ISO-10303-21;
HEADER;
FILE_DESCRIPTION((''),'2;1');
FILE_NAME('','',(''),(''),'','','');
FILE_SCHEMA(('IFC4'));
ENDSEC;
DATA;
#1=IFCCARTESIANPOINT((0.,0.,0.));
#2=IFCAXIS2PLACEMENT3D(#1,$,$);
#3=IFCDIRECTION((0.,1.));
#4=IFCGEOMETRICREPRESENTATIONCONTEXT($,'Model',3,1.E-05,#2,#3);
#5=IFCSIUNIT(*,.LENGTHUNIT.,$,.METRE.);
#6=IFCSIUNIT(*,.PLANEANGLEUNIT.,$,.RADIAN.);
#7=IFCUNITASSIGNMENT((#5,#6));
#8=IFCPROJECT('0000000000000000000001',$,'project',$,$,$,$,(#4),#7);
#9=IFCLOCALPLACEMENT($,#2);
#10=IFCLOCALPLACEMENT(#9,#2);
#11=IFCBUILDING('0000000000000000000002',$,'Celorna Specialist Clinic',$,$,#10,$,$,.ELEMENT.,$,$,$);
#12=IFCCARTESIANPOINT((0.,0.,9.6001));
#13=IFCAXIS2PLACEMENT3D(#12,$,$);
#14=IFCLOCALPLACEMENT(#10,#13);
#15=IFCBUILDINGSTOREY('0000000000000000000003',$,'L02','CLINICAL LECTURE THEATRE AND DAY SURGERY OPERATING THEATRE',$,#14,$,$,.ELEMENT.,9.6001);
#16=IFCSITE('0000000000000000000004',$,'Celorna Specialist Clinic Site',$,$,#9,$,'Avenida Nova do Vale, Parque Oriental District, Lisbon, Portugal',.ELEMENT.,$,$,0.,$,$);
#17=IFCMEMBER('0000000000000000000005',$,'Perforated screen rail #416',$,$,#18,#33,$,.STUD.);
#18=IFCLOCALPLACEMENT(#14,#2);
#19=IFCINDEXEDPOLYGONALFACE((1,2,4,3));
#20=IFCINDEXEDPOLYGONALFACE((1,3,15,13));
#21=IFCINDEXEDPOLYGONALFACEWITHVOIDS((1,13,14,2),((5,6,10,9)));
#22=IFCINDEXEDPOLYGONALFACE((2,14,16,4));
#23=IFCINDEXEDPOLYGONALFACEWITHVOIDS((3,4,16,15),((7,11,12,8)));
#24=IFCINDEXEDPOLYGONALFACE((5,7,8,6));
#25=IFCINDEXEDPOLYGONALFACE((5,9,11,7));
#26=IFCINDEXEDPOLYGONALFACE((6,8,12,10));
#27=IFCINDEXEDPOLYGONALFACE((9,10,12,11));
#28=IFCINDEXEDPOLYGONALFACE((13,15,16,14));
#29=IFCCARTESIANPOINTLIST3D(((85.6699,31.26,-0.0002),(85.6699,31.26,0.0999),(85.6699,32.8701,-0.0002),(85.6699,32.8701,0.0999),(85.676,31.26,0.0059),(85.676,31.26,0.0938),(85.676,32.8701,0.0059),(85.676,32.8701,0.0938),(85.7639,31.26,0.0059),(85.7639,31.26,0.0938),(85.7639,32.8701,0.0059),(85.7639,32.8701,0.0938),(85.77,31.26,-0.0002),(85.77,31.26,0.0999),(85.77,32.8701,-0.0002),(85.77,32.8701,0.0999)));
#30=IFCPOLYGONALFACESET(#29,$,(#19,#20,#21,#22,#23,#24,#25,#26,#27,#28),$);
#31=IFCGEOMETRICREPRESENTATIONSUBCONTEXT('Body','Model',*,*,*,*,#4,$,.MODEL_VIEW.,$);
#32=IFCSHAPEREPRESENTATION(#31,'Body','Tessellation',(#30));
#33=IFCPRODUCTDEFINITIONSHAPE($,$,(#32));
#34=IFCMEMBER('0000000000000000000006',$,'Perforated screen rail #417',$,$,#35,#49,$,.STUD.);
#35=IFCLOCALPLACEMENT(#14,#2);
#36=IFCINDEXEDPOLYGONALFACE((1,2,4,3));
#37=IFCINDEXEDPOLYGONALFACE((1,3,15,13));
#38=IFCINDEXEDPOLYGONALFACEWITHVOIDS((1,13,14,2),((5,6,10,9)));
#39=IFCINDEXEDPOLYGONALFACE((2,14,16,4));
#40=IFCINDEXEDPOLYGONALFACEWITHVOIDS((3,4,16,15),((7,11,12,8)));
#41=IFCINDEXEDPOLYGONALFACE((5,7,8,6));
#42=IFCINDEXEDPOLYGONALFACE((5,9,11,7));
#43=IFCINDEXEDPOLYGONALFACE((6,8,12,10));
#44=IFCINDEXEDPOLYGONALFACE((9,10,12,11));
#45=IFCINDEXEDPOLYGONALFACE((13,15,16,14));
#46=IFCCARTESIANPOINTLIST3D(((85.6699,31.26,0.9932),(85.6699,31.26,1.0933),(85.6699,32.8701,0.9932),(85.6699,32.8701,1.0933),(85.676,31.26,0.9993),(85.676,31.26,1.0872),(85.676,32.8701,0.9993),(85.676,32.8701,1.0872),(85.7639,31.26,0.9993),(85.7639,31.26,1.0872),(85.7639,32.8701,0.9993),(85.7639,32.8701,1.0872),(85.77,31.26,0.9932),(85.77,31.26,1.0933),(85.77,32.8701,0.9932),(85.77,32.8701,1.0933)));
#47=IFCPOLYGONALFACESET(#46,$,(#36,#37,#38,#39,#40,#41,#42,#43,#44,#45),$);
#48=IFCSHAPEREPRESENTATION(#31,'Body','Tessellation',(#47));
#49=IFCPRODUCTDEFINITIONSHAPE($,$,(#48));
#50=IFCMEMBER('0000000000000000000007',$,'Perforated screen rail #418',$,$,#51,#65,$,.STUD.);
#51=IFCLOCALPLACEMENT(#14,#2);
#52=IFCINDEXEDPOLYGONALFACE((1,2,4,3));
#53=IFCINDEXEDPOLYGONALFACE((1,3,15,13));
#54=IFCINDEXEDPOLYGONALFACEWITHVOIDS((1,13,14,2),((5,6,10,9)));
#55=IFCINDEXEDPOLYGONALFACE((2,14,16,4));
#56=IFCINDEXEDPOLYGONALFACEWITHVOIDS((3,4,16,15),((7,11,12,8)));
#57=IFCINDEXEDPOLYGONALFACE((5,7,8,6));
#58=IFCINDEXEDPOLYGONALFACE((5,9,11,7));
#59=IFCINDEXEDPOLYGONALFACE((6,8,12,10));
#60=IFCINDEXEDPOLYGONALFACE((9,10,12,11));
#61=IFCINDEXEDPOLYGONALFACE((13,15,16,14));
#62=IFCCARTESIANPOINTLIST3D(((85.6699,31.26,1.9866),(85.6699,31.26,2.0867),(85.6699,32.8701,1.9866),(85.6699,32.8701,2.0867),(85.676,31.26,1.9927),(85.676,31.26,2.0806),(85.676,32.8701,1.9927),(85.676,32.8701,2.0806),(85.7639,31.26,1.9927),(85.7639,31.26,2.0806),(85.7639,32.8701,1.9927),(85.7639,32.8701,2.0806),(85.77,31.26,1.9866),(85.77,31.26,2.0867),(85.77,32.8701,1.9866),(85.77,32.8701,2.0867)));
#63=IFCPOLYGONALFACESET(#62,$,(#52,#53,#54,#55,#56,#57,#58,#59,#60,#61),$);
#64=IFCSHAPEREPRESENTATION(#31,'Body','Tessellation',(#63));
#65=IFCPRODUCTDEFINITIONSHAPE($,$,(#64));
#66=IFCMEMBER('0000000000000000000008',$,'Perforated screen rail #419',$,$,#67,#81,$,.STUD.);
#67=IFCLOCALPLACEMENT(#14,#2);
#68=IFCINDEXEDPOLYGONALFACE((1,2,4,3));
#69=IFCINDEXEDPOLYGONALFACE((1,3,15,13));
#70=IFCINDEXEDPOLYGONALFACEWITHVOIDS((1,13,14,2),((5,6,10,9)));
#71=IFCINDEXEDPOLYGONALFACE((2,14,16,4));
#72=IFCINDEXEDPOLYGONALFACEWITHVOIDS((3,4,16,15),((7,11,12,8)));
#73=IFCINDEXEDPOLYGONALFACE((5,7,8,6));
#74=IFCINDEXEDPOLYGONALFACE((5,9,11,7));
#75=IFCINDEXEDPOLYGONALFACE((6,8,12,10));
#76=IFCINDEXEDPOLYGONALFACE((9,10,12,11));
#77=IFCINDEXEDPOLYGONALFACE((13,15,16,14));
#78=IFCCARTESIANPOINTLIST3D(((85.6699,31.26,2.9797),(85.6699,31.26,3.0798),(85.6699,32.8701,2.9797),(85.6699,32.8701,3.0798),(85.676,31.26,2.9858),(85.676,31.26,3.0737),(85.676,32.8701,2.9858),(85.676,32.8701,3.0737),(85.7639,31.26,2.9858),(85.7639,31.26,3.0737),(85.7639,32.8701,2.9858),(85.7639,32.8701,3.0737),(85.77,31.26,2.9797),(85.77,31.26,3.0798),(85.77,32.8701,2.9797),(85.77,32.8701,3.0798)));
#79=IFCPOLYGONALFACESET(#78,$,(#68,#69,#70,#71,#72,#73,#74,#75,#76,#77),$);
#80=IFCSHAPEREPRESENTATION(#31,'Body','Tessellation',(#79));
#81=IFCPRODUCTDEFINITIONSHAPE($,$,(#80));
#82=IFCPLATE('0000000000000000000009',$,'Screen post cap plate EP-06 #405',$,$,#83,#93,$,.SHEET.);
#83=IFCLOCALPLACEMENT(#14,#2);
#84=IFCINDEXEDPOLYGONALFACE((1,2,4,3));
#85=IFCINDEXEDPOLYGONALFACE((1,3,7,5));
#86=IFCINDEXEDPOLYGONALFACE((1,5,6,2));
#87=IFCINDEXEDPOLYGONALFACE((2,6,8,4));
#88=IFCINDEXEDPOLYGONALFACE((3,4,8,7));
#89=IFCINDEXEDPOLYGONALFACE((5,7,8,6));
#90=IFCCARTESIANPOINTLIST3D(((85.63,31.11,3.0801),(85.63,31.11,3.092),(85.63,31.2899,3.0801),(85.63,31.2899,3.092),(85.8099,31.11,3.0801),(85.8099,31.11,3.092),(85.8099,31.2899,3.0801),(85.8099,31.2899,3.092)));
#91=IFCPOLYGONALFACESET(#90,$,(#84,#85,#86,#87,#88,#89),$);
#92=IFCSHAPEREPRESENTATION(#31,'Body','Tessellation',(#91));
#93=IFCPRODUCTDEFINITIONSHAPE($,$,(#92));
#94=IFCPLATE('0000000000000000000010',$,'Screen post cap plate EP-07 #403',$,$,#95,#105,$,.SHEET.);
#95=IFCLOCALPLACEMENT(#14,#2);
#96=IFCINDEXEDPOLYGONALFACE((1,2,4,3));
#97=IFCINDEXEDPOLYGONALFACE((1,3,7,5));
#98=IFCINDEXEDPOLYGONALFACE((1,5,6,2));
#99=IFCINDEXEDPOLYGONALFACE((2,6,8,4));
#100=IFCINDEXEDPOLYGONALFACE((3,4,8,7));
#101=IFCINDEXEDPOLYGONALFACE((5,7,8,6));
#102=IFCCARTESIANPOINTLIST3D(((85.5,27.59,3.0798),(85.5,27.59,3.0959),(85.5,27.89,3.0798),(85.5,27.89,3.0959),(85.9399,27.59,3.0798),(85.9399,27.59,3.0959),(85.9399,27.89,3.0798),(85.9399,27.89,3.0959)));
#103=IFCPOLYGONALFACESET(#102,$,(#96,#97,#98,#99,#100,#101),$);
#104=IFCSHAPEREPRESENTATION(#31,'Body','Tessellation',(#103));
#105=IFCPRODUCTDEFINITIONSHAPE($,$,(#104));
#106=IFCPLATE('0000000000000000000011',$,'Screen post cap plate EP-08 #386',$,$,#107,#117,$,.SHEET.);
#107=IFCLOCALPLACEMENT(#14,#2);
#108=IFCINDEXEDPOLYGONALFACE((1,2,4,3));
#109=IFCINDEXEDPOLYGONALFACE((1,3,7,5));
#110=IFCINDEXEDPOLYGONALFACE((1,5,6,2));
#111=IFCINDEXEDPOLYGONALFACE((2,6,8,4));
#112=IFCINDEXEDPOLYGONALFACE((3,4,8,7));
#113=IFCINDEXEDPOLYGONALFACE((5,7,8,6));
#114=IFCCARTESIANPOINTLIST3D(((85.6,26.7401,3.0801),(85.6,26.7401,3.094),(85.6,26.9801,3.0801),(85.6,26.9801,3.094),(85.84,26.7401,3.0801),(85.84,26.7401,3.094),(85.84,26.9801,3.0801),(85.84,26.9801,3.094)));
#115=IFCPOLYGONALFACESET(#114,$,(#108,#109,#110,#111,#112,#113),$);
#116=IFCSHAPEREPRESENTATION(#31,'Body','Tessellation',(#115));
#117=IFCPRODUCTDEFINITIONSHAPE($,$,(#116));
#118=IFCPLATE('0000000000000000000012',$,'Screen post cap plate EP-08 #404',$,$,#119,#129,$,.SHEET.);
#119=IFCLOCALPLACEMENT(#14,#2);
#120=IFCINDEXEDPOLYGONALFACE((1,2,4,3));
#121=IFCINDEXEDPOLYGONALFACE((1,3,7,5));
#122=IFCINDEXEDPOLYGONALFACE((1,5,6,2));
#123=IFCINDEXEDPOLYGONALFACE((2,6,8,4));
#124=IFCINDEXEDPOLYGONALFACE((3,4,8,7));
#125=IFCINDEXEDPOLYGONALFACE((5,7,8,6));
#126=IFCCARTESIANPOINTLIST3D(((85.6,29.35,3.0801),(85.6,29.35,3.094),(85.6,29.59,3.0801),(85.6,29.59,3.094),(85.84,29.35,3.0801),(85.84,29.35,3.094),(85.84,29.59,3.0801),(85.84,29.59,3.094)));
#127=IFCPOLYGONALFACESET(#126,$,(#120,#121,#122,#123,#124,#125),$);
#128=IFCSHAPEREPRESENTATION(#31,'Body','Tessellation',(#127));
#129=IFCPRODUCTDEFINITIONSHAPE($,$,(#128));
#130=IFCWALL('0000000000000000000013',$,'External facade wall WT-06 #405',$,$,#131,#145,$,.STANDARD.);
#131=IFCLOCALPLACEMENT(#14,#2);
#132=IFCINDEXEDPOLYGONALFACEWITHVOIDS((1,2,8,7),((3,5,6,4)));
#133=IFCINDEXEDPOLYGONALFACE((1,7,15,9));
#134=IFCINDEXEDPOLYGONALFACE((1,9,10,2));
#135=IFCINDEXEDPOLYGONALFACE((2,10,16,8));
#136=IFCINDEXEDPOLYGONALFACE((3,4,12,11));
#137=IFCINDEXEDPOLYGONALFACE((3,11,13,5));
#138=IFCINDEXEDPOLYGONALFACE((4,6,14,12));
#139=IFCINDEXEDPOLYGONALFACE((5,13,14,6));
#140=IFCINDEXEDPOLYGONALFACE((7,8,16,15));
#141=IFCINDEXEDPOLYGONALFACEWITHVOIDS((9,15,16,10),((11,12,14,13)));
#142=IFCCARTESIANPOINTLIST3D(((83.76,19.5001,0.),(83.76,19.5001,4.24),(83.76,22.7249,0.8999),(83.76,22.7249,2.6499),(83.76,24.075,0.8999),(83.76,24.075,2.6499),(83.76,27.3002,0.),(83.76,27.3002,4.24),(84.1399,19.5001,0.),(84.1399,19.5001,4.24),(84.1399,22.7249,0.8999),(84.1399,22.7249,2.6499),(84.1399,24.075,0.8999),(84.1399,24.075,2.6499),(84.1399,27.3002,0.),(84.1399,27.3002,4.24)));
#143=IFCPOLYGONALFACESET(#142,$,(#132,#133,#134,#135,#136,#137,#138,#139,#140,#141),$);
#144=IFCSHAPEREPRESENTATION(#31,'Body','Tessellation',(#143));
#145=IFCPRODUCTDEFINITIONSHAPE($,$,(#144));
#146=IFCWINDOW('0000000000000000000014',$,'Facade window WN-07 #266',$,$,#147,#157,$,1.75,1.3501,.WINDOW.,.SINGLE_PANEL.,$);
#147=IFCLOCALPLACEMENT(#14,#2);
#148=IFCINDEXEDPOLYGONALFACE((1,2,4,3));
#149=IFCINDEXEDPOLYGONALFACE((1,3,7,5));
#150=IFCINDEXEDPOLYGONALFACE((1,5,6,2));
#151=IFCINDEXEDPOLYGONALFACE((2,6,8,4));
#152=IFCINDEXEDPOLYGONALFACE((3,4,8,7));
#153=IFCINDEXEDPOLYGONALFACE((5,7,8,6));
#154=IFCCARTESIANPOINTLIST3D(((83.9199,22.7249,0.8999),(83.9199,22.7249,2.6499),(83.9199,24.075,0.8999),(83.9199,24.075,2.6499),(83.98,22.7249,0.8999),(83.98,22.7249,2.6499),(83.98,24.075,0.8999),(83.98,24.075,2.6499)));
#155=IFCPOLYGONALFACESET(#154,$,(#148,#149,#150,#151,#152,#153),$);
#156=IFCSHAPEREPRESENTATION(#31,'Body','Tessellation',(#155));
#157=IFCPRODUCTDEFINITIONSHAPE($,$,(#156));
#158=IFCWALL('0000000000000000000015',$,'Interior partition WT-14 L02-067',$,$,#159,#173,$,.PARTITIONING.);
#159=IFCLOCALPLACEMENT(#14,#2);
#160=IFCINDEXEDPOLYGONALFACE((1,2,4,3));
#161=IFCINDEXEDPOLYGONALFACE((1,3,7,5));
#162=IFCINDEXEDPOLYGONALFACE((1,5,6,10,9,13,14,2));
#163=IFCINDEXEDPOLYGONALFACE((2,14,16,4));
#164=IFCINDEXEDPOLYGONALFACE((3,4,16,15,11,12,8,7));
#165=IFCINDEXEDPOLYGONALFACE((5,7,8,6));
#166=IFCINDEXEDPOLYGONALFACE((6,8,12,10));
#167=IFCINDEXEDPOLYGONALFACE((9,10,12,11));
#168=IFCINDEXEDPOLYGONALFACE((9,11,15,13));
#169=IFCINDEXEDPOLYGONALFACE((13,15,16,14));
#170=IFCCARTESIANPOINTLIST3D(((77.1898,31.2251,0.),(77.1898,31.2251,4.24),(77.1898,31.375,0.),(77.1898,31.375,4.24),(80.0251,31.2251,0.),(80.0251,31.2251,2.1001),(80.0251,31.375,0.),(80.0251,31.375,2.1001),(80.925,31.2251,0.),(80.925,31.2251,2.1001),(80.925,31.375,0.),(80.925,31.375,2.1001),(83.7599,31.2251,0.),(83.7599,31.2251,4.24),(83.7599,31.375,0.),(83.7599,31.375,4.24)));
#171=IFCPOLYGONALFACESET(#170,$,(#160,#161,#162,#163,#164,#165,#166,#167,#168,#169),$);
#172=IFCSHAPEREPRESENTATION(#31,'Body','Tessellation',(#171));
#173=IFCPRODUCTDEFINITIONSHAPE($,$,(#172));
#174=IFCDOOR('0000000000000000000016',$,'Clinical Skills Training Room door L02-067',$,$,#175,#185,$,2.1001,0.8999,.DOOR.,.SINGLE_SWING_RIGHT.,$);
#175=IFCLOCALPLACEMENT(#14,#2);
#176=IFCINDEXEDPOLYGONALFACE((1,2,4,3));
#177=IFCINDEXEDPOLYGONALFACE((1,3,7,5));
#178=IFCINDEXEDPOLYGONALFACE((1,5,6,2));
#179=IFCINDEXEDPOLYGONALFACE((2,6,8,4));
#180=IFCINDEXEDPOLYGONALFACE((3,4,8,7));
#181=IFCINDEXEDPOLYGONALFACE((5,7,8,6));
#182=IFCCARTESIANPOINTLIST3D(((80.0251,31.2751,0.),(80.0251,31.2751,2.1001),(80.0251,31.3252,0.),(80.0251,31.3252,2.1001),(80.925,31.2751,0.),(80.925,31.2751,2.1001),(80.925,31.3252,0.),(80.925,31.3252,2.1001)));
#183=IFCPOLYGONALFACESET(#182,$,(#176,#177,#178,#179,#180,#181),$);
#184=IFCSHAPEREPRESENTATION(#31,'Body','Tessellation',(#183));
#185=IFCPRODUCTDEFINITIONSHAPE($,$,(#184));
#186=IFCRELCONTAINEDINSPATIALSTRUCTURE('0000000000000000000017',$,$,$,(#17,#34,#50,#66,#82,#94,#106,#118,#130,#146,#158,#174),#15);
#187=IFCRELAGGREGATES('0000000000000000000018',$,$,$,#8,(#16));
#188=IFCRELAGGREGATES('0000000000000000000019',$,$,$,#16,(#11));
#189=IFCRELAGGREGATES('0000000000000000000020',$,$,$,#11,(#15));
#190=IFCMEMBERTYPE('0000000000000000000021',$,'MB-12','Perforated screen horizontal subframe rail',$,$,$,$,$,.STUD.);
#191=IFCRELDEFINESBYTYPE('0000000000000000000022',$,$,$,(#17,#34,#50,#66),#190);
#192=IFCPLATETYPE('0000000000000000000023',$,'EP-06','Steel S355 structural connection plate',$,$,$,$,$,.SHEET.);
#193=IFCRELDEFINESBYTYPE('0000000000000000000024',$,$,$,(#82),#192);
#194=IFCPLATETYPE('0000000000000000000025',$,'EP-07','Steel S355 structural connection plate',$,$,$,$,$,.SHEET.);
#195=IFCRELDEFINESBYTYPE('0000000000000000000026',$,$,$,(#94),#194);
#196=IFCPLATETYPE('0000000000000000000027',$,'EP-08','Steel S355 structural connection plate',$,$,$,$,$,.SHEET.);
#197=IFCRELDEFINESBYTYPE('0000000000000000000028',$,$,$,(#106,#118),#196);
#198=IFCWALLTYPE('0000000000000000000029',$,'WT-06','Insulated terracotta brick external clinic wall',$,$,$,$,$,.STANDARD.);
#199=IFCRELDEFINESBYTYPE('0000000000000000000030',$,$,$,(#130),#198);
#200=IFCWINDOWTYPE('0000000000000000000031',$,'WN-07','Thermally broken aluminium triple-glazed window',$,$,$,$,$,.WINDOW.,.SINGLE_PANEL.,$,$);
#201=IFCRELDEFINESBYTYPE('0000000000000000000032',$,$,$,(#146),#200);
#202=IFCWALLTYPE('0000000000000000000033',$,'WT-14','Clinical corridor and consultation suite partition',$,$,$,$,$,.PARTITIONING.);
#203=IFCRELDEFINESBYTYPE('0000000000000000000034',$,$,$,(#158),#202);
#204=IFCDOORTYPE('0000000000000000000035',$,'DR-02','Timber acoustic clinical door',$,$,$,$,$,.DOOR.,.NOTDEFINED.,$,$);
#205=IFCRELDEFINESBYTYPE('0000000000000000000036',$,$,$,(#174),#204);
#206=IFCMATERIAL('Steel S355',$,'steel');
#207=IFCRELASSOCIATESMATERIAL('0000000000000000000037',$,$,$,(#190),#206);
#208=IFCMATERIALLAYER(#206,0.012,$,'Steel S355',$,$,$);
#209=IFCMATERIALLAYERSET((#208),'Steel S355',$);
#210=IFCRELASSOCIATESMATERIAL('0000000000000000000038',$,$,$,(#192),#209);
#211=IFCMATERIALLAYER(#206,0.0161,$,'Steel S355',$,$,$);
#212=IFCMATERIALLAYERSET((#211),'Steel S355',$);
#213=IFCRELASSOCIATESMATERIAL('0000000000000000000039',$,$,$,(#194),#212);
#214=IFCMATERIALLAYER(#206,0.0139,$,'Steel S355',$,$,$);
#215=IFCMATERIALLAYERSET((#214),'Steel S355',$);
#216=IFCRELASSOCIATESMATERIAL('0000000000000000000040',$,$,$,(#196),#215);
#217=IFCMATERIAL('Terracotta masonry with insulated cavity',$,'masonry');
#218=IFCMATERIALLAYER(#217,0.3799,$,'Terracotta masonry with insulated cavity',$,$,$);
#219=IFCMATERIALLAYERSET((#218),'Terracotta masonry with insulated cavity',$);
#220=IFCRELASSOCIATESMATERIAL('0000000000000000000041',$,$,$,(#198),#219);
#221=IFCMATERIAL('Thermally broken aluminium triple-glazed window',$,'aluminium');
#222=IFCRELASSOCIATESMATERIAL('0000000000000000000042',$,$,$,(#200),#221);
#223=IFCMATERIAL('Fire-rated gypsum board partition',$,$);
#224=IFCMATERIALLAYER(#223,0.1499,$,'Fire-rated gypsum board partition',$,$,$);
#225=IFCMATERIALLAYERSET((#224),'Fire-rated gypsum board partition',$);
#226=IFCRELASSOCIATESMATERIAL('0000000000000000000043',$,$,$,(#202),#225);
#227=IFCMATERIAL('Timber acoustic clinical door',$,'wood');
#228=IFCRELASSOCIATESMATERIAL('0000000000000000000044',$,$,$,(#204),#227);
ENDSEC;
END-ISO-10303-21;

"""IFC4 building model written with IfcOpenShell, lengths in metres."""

from ifc_helpers import new_model, si_unit, direction, frame, frame_2d, origin, origin_2d, place, context, subcontext, project, spatial, rectangle, hollow_rectangle, extrude, material, layer, layer_set, material_profile, profile_set, type_object, element, fill, save


model = new_model("IFC4")

# Units and contexts
model_context = context("Model", 3, precision=1e-05, world=origin(), true_north=direction((0.0, 1.0)))
body_context = subcontext(model_context, "Body", "Model", "MODEL_VIEW")
ifc_project = project(units=[si_unit("LENGTHUNIT", "METRE"), si_unit("PLANEANGLEUNIT", "RADIAN")], contexts=[model_context])

# Site, building, storey
site_placement = place(None, origin())
site = spatial("IfcSite", under=ifc_project, at=site_placement, Name="Celorna Specialist Clinic Site", LongName="Avenida Nova do Vale, Parque Oriental District, Lisbon, Portugal", CompositionType="ELEMENT", RefElevation=0.0)
building_placement = place(site_placement, origin())
building = spatial("IfcBuilding", under=site, at=building_placement, Name="Celorna Specialist Clinic", CompositionType="ELEMENT")
storey_placement = place(building_placement, frame((0.0, 0.0, 9.6001)))
storey = spatial("IfcBuildingStorey", under=building, at=storey_placement, Name="L02", Description="CLINICAL LECTURE THEATRE AND DAY SURGERY OPERATING THEATRE", CompositionType="ELEMENT", Elevation=9.6001)

# Shared definitions
ifc_material_1 = material(Name="Steel S355", Category="steel")

# Members
ifc_material_profile_1 = material_profile(ifc_material_1, hollow_rectangle(XDim=0.1001, YDim=0.1001, WallThickness=0.0061, at=origin_2d()), Name="SHS 100x100x6")
ifc_profile_set_1 = profile_set([ifc_material_profile_1], Name="Steel S355")
member_type_1 = type_object("IfcMemberType", Name="MB-12", Description="Perforated screen horizontal subframe rail", PredefinedType="STUD", material=ifc_profile_set_1)
for number, where, z_axis, x_axis, name in (
    (1, (85.72, 31.26, 0.0498), (0.0, 1.0, 0.0), (-1.0, 0.0, 0.0), "Perforated screen rail #416"),
    (2, (85.72, 31.26, 1.0432), (0.0, 1.0, 0.0), (-1.0, 0.0, 0.0), "Perforated screen rail #417"),
    (3, (85.72, 31.26, 2.0366), (0.0, 1.0, 0.0), (-1.0, 0.0, 0.0), "Perforated screen rail #418"),
    (4, (85.72, 31.26, 3.0298), (0.0, 1.0, 0.0), (-1.0, 0.0, 0.0), "Perforated screen rail #419"),
):
    element("IfcMember", number, at=place(storey_placement, frame(where, z_axis=z_axis, x_axis=x_axis)), inside=storey, type_object=member_type_1, Name=name, PredefinedType="STUD", context=body_context, shape_type="SweptSolid", body=[
        extrude(hollow_rectangle(XDim=0.1001, YDim=0.1001, WallThickness=0.0061, at=origin_2d()), origin(), (0.0, 0.0, 1.0), 1.6101),
    ])

# Plates
ifc_layer_1 = layer(ifc_material_1, 0.012, Name="Steel S355")
ifc_layer_set_1 = layer_set([ifc_layer_1], Name="Steel S355")
plate_type_1 = type_object("IfcPlateType", Name="EP-06", Description="Steel S355 structural connection plate", PredefinedType="SHEET", material=ifc_layer_set_1)
plate_1_placement = place(storey_placement, frame((85.72, 31.2, 3.0801), z_axis=(0.0, 0.0, 1.0), x_axis=(0.0, 1.0, 0.0)))
element("IfcPlate", 5, at=plate_1_placement, inside=storey, type_object=plate_type_1, Name="Screen post cap plate EP-06 #405", PredefinedType="SHEET", context=body_context, shape_type="SweptSolid", body=[
    extrude(rectangle(XDim=0.1799, YDim=0.1799, at=origin_2d()), origin(), (0.0, 0.0, 1.0), 0.012),
])
ifc_layer_2 = layer(ifc_material_1, 0.0161, Name="Steel S355")
ifc_layer_set_2 = layer_set([ifc_layer_2], Name="Steel S355")
plate_type_2 = type_object("IfcPlateType", Name="EP-07", Description="Steel S355 structural connection plate", PredefinedType="SHEET", material=ifc_layer_set_2)
plate_2_placement = place(storey_placement, frame((85.72, 27.74, 3.0798), z_axis=(0.0, 0.0, 1.0), x_axis=(0.0, 1.0, 0.0)))
element("IfcPlate", 6, at=plate_2_placement, inside=storey, type_object=plate_type_2, Name="Screen post cap plate EP-07 #403", PredefinedType="SHEET", context=body_context, shape_type="SweptSolid", body=[
    extrude(rectangle(XDim=0.3, YDim=0.4399, at=origin_2d()), origin(), (0.0, 0.0, 1.0), 0.0161),
])
ifc_layer_3 = layer(ifc_material_1, 0.0139, Name="Steel S355")
ifc_layer_set_3 = layer_set([ifc_layer_3], Name="Steel S355")
plate_type_3 = type_object("IfcPlateType", Name="EP-08", Description="Steel S355 structural connection plate", PredefinedType="SHEET", material=ifc_layer_set_3)
for number, where, z_axis, x_axis, name in (
    (7, (85.72, 26.8601, 3.0801), (0.0, 0.0, 1.0), (0.0, 1.0, 0.0), "Screen post cap plate EP-08 #386"),
    (8, (85.72, 29.47, 3.0801), (0.0, 0.0, 1.0), (0.0, 1.0, 0.0), "Screen post cap plate EP-08 #404"),
):
    element("IfcPlate", number, at=place(storey_placement, frame(where, z_axis=z_axis, x_axis=x_axis)), inside=storey, type_object=plate_type_3, Name=name, PredefinedType="SHEET", context=body_context, shape_type="SweptSolid", body=[
        extrude(rectangle(XDim=0.24, YDim=0.24, at=origin_2d()), origin(), (0.0, 0.0, 1.0), 0.0139),
    ])

# Wall, opening, window
ifc_material_2 = material(Name="Terracotta masonry with insulated cavity", Category="masonry")
ifc_layer_4 = layer(ifc_material_2, 0.3799, Name="Terracotta masonry with insulated cavity")
ifc_layer_set_4 = layer_set([ifc_layer_4], Name="Terracotta masonry with insulated cavity")
wall_type_1 = type_object("IfcWallType", Name="WT-06", Description="Insulated terracotta brick external clinic wall", PredefinedType="STANDARD", material=ifc_layer_set_4)
wall_1_placement = place(storey_placement, frame((83.95, 27.3, 0.0), z_axis=(0.0, 0.0, 1.0), x_axis=(0.0, -1.0, 0.0)))
wall_1 = element("IfcWall", 9, at=wall_1_placement, inside=storey, type_object=wall_type_1, Name="External facade wall WT-06 #405", PredefinedType="STANDARD", context=body_context, shape_type="SweptSolid", body=[
    extrude(rectangle(XDim=7.8, YDim=0.3799, at=frame_2d((3.8999, 0.0))), origin(), (0.0, 0.0, 1.0), 4.24),
])
opening_1_placement = place(wall_1_placement, frame((3.2251, 0.0, 0.8999)))
opening_1 = element("IfcOpeningElement", 10, at=opening_1_placement, cuts=wall_1, PredefinedType="OPENING", context=body_context, shape_type="SweptSolid", body=[
    extrude(rectangle(XDim=1.3501, YDim=1.75, at=frame_2d((0.675, 0.875))), frame((0.0, 0.2, 0.0), z_axis=(0.0, -1.0, 0.0), x_axis=(1.0, 0.0, 0.0)), (0.0, 0.0, 1.0), 0.3999),
])
ifc_material_3 = material(Name="Thermally broken aluminium triple-glazed window", Category="aluminium")
window_type = type_object("IfcWindowType", Name="WN-07", Description="Thermally broken aluminium triple-glazed window", PartitioningType="SINGLE_PANEL", PredefinedType="WINDOW", material=ifc_material_3)
window_placement = place(opening_1_placement, origin())
window = element("IfcWindow", 11, at=window_placement, inside=storey, type_object=window_type, Name="Facade window WN-07 #266", OverallHeight=1.75, OverallWidth=1.3501, PartitioningType="SINGLE_PANEL", PredefinedType="WINDOW", context=body_context, shape_type="SweptSolid", body=[
    extrude(rectangle(XDim=1.3501, YDim=1.75, at=frame_2d((0.675, 0.875))), frame((0.0, 0.03, 0.0), z_axis=(0.0, -1.0, 0.0), x_axis=(1.0, 0.0, 0.0)), (0.0, 0.0, 1.0), 0.0601),
])
fill(opening_1, window)

# Wall, opening, door
ifc_material_4 = material(Name="Fire-rated gypsum board partition")
ifc_layer_5 = layer(ifc_material_4, 0.1499, Name="Fire-rated gypsum board partition")
ifc_layer_set_5 = layer_set([ifc_layer_5], Name="Fire-rated gypsum board partition")
wall_type_2 = type_object("IfcWallType", Name="WT-14", Description="Clinical corridor and consultation suite partition", PredefinedType="PARTITIONING", material=ifc_layer_set_5)
wall_2_placement = place(storey_placement, frame((83.76, 31.3, 0.0), z_axis=(0.0, 0.0, 1.0), x_axis=(-1.0, 0.0, 0.0)))
wall_2 = element("IfcWall", 12, at=wall_2_placement, inside=storey, type_object=wall_type_2, Name="Interior partition WT-14 L02-067", PredefinedType="PARTITIONING", context=body_context, shape_type="SweptSolid", body=[
    extrude(rectangle(XDim=6.5701, YDim=0.1499, at=frame_2d((3.2852, 0.0))), origin(), (0.0, 0.0, 1.0), 4.24),
])
opening_2_placement = place(wall_2_placement, frame((2.835, 0.0, 0.0)))
opening_2 = element("IfcOpeningElement", 13, at=opening_2_placement, cuts=wall_2, PredefinedType="OPENING", context=body_context, shape_type="SweptSolid", body=[
    extrude(rectangle(XDim=0.8999, YDim=2.1001, at=frame_2d((0.45, 1.05))), frame((0.0, 0.085, 0.0), z_axis=(0.0, -1.0, 0.0), x_axis=(1.0, 0.0, 0.0)), (0.0, 0.0, 1.0), 0.1699),
])
ifc_material_5 = material(Name="Timber acoustic clinical door", Category="wood")
door_type = type_object("IfcDoorType", Name="DR-02", Description="Timber acoustic clinical door", OperationType="NOTDEFINED", PredefinedType="DOOR", material=ifc_material_5)
door_placement = place(opening_2_placement, origin())
door = element("IfcDoor", 14, at=door_placement, inside=storey, type_object=door_type, Name="Clinical Skills Training Room door L02-067", OperationType="SINGLE_SWING_RIGHT", OverallHeight=2.1001, OverallWidth=0.8999, PredefinedType="DOOR", context=body_context, shape_type="SweptSolid", body=[
    extrude(rectangle(XDim=0.8999, YDim=2.1001, at=frame_2d((0.45, 1.05))), frame((0.0, 0.0249, 0.0), z_axis=(0.0, -1.0, 0.0), x_axis=(1.0, 0.0, 0.0)), (0.0, 0.0, 1.0), 0.05),
])
fill(opening_2, door)

save(model, "model.ifc")
